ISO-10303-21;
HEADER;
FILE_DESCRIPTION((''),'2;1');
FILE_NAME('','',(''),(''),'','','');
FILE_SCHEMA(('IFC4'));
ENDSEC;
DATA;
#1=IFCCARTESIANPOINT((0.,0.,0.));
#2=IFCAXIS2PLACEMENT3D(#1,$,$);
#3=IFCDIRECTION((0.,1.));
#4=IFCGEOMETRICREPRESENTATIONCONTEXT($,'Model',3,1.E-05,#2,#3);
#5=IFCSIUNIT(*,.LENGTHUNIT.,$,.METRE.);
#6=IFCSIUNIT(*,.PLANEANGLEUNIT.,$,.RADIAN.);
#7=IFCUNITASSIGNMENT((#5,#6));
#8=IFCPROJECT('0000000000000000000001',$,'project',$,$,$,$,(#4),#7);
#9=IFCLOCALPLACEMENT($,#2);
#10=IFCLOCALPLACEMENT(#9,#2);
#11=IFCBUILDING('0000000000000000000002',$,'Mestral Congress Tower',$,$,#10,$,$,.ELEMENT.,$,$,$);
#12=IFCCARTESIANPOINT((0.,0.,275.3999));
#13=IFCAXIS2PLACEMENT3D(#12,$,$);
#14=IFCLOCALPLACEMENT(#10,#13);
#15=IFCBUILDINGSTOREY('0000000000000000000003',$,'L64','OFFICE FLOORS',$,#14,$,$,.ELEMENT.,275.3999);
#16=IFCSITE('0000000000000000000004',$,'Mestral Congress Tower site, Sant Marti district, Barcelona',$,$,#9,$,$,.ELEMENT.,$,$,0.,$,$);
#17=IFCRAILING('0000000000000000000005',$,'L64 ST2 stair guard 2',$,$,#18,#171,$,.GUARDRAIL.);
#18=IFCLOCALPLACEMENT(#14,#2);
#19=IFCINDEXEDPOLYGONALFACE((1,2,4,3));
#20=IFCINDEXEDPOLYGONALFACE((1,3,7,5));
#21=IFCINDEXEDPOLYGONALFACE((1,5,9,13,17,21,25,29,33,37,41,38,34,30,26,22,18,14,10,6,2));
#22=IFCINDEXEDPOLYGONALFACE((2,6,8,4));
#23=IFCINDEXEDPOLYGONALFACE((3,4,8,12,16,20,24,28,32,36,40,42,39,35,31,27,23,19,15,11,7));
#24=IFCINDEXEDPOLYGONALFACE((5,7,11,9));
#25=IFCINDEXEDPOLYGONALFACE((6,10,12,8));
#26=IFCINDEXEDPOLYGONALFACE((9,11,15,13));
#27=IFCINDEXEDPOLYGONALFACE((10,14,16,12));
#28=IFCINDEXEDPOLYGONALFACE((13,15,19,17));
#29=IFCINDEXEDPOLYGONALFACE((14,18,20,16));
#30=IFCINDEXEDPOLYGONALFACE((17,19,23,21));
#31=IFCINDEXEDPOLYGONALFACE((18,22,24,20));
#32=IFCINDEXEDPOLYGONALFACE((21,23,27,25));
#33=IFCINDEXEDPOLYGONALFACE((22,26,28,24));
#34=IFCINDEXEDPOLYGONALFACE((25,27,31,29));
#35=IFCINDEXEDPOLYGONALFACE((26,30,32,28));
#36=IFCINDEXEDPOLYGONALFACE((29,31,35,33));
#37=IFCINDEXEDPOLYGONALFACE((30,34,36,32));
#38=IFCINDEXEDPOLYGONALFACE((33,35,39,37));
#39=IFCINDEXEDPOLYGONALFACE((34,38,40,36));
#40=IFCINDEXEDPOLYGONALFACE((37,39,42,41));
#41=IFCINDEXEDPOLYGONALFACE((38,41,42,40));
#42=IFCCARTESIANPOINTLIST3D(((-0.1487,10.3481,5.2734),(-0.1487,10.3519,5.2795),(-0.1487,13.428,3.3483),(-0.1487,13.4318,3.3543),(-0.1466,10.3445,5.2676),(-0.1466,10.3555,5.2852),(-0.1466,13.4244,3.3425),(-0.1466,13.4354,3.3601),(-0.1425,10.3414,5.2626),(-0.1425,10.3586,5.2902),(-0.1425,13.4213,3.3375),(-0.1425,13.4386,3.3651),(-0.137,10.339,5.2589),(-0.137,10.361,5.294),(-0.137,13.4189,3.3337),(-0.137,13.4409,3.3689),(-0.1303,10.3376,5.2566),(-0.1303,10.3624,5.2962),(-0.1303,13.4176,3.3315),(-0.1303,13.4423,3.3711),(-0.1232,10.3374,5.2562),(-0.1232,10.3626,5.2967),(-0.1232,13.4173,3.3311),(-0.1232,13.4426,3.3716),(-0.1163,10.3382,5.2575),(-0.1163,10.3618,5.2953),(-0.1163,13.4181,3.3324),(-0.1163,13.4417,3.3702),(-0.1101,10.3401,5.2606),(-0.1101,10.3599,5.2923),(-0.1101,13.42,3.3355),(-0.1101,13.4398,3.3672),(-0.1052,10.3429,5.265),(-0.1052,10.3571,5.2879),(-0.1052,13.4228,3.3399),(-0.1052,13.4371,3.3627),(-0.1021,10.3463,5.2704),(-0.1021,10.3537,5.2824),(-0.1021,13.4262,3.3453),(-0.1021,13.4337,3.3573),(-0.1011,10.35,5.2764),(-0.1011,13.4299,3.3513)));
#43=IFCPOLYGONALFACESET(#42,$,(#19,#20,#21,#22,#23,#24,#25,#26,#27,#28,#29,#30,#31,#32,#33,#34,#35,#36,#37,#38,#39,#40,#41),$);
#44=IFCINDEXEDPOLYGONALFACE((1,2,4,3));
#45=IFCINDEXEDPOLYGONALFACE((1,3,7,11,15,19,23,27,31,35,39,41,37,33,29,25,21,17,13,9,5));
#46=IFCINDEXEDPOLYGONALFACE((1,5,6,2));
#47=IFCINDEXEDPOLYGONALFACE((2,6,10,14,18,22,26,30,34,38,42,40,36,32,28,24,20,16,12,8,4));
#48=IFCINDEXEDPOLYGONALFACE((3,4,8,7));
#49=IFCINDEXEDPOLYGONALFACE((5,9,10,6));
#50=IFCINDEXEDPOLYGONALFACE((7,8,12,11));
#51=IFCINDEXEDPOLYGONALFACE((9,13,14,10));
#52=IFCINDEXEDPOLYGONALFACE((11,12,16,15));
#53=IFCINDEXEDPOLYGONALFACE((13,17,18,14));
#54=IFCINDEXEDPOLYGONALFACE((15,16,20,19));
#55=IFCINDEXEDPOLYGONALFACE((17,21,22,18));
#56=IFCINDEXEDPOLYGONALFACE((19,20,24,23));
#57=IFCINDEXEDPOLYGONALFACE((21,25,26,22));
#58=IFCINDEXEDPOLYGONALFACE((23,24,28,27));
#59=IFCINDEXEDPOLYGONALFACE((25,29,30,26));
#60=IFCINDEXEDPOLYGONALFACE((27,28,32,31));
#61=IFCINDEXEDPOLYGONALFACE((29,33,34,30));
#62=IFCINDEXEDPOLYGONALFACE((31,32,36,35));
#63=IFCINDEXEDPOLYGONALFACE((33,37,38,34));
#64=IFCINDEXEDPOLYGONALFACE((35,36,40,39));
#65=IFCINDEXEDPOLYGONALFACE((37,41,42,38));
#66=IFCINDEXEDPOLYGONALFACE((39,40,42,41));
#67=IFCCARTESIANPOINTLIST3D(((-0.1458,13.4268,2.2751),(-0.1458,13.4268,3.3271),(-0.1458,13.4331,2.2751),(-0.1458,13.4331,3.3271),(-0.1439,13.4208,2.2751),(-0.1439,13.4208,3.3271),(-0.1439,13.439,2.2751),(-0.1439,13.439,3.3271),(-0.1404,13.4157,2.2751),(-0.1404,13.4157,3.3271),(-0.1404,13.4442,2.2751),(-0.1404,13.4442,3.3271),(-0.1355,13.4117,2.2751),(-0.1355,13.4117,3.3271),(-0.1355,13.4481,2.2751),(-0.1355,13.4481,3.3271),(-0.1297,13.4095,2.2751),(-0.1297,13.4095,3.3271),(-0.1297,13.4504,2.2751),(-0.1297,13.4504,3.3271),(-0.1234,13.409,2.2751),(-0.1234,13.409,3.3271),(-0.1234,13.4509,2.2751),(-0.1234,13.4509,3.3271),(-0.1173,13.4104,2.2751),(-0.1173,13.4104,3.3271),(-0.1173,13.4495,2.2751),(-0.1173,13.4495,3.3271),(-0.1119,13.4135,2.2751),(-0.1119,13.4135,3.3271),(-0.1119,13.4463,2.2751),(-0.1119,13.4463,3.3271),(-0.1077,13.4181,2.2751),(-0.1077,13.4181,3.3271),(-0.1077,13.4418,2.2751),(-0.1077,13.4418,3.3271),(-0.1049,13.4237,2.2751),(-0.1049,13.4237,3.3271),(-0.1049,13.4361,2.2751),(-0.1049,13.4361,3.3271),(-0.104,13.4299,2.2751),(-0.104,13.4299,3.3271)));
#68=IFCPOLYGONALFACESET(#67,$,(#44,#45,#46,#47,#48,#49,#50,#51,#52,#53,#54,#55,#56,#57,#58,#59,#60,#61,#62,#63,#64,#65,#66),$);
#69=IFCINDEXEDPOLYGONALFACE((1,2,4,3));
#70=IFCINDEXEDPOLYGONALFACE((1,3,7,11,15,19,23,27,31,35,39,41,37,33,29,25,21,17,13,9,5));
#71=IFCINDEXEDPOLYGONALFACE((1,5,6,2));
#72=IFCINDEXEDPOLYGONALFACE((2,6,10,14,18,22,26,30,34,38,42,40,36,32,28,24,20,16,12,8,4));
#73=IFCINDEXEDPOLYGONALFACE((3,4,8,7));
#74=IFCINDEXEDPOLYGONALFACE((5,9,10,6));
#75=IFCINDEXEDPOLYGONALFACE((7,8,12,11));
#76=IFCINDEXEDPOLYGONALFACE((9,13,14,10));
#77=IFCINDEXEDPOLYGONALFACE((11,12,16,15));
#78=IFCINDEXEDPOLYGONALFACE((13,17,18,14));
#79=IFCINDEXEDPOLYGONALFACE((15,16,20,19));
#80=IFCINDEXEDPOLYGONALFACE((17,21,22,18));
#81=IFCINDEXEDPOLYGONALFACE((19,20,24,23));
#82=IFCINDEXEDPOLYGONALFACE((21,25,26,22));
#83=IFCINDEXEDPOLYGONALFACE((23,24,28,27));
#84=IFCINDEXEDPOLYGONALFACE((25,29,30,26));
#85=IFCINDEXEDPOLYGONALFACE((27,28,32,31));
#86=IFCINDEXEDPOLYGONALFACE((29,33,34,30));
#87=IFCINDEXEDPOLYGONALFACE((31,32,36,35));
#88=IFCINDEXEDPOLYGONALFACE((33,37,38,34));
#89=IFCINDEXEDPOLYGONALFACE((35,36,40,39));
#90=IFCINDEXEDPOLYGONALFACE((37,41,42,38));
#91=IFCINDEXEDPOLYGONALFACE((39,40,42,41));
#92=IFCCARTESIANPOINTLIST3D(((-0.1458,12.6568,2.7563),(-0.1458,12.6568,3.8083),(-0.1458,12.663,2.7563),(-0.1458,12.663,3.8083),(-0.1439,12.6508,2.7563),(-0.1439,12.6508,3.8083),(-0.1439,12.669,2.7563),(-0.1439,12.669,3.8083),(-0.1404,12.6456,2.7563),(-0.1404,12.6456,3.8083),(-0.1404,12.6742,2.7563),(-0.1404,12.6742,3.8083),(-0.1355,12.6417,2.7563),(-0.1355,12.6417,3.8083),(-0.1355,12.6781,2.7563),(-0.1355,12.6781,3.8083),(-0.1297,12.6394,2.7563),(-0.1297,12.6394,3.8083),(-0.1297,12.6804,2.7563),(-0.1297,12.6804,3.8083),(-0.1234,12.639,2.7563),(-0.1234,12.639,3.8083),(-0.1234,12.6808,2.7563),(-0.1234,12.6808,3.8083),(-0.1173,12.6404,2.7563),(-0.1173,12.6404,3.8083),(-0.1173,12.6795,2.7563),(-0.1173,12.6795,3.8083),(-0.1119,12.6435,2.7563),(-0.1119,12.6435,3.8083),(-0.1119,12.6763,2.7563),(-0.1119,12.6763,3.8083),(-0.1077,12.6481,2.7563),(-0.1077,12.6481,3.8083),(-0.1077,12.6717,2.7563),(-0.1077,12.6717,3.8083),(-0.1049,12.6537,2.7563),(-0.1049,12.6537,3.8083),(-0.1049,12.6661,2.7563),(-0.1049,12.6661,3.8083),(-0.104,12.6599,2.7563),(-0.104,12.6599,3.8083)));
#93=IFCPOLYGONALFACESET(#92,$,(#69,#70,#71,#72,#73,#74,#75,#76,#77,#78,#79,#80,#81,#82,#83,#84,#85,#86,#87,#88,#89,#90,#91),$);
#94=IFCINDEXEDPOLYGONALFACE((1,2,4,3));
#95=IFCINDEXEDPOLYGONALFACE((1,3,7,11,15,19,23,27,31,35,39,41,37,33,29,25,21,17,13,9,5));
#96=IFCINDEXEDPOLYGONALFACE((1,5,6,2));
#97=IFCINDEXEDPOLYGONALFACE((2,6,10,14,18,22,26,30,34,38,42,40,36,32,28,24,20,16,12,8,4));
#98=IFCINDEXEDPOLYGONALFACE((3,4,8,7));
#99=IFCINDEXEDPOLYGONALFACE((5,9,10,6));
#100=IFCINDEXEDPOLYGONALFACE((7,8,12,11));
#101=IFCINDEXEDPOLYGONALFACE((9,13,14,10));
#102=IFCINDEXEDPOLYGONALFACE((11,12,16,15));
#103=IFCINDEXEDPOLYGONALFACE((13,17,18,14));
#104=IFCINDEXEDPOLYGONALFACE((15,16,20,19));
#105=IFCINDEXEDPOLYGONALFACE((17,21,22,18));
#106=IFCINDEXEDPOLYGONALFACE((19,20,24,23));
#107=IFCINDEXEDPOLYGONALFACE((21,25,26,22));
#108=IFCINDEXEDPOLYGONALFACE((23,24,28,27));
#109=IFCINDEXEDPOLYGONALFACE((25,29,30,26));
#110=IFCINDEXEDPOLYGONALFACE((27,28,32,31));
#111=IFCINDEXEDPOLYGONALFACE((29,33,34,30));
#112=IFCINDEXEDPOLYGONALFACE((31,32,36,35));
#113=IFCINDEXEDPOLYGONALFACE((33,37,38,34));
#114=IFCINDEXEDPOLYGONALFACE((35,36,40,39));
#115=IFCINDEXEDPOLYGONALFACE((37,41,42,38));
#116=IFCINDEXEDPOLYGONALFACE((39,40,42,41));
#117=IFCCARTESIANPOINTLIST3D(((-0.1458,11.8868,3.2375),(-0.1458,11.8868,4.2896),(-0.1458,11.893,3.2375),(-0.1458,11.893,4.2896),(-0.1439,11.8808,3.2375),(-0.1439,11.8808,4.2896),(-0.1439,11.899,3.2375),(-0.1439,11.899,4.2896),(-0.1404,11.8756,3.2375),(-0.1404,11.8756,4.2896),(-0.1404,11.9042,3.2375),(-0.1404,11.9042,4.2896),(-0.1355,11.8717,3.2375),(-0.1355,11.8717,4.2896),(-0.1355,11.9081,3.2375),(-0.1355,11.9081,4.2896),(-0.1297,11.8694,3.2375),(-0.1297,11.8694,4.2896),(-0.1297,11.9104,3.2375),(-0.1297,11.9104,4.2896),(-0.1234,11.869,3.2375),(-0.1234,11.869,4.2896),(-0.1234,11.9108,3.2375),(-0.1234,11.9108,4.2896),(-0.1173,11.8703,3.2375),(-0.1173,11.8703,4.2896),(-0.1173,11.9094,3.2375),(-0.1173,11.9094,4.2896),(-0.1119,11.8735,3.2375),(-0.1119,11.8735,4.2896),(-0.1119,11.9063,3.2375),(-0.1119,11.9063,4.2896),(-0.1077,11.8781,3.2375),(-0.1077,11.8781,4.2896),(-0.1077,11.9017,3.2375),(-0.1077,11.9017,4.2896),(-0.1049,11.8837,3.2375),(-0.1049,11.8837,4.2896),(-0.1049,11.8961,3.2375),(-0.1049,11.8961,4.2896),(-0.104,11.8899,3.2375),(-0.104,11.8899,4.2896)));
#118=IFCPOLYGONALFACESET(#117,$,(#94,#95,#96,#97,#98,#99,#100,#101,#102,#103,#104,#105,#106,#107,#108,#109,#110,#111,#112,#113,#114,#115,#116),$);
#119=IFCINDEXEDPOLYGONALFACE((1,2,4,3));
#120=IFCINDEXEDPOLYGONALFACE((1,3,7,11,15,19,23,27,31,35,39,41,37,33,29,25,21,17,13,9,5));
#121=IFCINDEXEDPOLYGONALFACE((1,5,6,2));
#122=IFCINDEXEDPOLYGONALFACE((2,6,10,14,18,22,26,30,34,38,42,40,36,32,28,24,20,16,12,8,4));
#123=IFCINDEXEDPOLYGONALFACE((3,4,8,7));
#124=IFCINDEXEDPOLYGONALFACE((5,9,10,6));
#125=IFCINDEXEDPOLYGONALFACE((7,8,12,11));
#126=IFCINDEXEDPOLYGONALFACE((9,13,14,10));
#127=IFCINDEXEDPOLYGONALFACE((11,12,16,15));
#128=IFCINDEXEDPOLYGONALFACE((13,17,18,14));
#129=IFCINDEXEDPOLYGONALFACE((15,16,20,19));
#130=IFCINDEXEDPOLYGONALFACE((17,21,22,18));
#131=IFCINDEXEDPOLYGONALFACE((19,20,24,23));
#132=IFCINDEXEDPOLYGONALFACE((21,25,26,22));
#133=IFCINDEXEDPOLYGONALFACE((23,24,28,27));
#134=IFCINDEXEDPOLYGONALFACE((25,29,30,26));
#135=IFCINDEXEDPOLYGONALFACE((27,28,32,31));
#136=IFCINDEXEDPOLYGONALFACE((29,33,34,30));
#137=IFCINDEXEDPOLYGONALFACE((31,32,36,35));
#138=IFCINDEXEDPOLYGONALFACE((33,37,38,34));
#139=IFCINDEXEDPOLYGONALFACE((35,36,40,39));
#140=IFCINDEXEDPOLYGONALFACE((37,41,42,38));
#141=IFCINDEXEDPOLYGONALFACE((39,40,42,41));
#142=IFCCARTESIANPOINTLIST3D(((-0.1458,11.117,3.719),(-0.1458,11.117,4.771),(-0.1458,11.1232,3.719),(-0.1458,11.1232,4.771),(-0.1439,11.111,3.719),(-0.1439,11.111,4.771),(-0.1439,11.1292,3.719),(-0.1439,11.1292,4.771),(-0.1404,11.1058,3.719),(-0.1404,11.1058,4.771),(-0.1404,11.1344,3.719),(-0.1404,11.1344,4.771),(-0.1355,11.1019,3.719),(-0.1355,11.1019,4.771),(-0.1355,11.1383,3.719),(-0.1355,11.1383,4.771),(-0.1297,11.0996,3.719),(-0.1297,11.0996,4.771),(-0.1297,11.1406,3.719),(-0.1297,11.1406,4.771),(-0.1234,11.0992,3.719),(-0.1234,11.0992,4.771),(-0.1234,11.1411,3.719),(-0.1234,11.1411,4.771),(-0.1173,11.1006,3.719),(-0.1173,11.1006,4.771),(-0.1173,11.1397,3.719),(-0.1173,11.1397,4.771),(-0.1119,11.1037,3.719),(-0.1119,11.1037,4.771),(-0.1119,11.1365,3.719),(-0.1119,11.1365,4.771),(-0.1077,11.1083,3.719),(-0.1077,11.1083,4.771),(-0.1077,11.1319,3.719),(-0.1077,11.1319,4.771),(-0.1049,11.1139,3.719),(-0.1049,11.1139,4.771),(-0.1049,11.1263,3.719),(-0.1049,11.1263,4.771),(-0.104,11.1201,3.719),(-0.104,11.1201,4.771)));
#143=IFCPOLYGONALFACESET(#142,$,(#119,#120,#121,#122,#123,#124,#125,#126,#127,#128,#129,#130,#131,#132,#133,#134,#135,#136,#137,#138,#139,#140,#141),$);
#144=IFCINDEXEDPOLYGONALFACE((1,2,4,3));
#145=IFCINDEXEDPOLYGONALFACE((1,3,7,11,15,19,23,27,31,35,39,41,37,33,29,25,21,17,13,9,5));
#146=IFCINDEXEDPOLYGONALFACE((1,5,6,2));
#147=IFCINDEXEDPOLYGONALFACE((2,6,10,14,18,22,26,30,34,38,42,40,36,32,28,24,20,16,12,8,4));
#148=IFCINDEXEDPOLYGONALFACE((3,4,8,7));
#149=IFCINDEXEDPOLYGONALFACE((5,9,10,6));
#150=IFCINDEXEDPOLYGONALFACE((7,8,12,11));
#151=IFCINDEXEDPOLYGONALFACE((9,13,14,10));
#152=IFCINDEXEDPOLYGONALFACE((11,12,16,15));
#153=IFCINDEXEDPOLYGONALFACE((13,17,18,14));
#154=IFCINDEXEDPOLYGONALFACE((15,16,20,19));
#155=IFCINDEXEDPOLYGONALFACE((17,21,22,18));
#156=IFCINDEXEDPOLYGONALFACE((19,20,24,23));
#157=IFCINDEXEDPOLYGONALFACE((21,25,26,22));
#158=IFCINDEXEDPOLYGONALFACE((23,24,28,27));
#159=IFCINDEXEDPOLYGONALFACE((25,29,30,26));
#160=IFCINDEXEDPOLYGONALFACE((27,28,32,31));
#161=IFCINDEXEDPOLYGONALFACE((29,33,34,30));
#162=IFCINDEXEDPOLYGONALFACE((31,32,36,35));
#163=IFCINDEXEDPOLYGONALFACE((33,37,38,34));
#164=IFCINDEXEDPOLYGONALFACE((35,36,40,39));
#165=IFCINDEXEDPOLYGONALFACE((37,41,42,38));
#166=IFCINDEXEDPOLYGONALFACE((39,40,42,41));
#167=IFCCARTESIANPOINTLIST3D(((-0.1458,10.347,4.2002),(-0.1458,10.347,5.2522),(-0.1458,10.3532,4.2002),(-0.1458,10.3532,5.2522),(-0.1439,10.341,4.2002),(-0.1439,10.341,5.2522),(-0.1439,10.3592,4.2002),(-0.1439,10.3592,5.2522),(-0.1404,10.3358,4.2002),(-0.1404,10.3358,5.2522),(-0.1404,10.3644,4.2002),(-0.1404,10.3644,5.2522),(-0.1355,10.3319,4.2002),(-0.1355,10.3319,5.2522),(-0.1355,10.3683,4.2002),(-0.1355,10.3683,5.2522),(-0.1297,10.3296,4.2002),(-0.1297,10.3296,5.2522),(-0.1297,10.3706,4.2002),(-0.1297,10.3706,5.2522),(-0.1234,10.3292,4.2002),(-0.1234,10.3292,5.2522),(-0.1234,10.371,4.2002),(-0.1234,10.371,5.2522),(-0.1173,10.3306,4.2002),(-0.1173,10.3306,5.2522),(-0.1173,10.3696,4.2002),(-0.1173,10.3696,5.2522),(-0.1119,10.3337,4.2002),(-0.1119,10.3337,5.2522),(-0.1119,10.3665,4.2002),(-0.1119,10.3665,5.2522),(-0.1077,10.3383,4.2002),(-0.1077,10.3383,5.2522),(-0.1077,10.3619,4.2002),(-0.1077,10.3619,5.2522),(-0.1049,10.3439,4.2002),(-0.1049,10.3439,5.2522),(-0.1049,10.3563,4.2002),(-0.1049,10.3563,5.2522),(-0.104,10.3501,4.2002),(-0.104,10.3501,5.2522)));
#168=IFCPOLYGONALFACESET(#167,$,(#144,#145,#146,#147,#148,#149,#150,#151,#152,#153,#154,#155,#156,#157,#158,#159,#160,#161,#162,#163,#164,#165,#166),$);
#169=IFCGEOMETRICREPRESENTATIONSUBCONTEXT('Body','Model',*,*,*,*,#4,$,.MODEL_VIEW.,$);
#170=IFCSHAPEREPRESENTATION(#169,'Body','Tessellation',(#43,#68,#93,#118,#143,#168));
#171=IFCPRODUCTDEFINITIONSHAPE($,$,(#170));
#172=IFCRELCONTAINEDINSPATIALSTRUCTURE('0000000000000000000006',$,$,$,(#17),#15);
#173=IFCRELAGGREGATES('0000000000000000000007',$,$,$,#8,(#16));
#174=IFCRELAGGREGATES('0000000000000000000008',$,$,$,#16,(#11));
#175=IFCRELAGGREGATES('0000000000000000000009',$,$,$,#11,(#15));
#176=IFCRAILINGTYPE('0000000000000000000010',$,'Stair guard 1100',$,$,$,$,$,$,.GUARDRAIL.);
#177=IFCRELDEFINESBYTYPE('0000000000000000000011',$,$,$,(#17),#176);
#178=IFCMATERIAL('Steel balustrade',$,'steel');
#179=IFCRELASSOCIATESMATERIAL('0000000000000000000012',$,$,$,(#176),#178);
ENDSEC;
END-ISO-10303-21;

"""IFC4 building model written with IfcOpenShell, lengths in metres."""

from ifc_helpers import new_model, si_unit, direction, frame, origin, origin_2d, place, context, subcontext, project, spatial, circle, extrude, material, type_object, element, save


model = new_model("IFC4")

# Units and contexts
model_context = context("Model", 3, precision=1e-05, world=origin(), true_north=direction((0.0, 1.0)))
body_context = subcontext(model_context, "Body", "Model", "MODEL_VIEW")
ifc_project = project(units=[si_unit("LENGTHUNIT", "METRE"), si_unit("PLANEANGLEUNIT", "RADIAN")], contexts=[model_context])

# Site, building, storey
site_placement = place(None, origin())
site = spatial("IfcSite", under=ifc_project, at=site_placement, Name="Mestral Congress Tower site, Sant Marti district, Barcelona", CompositionType="ELEMENT", RefElevation=0.0)
building_placement = place(site_placement, origin())
building = spatial("IfcBuilding", under=site, at=building_placement, Name="Mestral Congress Tower", CompositionType="ELEMENT")
storey_placement = place(building_placement, frame((0.0, 0.0, 275.3999)))
storey = spatial("IfcBuildingStorey", under=building, at=storey_placement, Name="L64", Description="OFFICE FLOORS", CompositionType="ELEMENT", Elevation=275.3999)

# Railing
ifc_material_1 = material(Name="Steel balustrade", Category="steel")
railing_type = type_object("IfcRailingType", Name="Stair guard 1100", PredefinedType="GUARDRAIL", material=ifc_material_1)
railing_placement = place(storey_placement, frame((-0.125, 13.4299, 2.2751)))
element("IfcRailing", 1, at=railing_placement, inside=storey, type_object=railing_type, Name="L64 ST2 stair guard 2", PredefinedType="GUARDRAIL", context=body_context, shape_type="SweptSolid", body=[
    extrude(circle(Radius=0.0239, at=origin_2d()), frame((0.0, 0.0, 1.0762), z_axis=(0.0, -0.847979, 0.530029), x_axis=(1.0, 0.0, 0.0)), (0.0, 0.0, 1.0), 3.6321),
    extrude(circle(Radius=0.021, at=origin_2d()), origin(), (0.0, 0.0, 1.0), 1.052),
    extrude(circle(Radius=0.021, at=origin_2d()), frame((0.0, -0.77, 0.4812)), (0.0, 0.0, 1.0), 1.052),
    extrude(circle(Radius=0.021, at=origin_2d()), frame((0.0, -1.54, 0.9624)), (0.0, 0.0, 1.0), 1.052),
    extrude(circle(Radius=0.021, at=origin_2d()), frame((0.0, -2.3098, 1.4438)), (0.0, 0.0, 1.0), 1.052),
    extrude(circle(Radius=0.021, at=origin_2d()), frame((0.0, -3.0798, 1.925)), (0.0, 0.0, 1.0), 1.052),
])

save(model, "model.ifc")
